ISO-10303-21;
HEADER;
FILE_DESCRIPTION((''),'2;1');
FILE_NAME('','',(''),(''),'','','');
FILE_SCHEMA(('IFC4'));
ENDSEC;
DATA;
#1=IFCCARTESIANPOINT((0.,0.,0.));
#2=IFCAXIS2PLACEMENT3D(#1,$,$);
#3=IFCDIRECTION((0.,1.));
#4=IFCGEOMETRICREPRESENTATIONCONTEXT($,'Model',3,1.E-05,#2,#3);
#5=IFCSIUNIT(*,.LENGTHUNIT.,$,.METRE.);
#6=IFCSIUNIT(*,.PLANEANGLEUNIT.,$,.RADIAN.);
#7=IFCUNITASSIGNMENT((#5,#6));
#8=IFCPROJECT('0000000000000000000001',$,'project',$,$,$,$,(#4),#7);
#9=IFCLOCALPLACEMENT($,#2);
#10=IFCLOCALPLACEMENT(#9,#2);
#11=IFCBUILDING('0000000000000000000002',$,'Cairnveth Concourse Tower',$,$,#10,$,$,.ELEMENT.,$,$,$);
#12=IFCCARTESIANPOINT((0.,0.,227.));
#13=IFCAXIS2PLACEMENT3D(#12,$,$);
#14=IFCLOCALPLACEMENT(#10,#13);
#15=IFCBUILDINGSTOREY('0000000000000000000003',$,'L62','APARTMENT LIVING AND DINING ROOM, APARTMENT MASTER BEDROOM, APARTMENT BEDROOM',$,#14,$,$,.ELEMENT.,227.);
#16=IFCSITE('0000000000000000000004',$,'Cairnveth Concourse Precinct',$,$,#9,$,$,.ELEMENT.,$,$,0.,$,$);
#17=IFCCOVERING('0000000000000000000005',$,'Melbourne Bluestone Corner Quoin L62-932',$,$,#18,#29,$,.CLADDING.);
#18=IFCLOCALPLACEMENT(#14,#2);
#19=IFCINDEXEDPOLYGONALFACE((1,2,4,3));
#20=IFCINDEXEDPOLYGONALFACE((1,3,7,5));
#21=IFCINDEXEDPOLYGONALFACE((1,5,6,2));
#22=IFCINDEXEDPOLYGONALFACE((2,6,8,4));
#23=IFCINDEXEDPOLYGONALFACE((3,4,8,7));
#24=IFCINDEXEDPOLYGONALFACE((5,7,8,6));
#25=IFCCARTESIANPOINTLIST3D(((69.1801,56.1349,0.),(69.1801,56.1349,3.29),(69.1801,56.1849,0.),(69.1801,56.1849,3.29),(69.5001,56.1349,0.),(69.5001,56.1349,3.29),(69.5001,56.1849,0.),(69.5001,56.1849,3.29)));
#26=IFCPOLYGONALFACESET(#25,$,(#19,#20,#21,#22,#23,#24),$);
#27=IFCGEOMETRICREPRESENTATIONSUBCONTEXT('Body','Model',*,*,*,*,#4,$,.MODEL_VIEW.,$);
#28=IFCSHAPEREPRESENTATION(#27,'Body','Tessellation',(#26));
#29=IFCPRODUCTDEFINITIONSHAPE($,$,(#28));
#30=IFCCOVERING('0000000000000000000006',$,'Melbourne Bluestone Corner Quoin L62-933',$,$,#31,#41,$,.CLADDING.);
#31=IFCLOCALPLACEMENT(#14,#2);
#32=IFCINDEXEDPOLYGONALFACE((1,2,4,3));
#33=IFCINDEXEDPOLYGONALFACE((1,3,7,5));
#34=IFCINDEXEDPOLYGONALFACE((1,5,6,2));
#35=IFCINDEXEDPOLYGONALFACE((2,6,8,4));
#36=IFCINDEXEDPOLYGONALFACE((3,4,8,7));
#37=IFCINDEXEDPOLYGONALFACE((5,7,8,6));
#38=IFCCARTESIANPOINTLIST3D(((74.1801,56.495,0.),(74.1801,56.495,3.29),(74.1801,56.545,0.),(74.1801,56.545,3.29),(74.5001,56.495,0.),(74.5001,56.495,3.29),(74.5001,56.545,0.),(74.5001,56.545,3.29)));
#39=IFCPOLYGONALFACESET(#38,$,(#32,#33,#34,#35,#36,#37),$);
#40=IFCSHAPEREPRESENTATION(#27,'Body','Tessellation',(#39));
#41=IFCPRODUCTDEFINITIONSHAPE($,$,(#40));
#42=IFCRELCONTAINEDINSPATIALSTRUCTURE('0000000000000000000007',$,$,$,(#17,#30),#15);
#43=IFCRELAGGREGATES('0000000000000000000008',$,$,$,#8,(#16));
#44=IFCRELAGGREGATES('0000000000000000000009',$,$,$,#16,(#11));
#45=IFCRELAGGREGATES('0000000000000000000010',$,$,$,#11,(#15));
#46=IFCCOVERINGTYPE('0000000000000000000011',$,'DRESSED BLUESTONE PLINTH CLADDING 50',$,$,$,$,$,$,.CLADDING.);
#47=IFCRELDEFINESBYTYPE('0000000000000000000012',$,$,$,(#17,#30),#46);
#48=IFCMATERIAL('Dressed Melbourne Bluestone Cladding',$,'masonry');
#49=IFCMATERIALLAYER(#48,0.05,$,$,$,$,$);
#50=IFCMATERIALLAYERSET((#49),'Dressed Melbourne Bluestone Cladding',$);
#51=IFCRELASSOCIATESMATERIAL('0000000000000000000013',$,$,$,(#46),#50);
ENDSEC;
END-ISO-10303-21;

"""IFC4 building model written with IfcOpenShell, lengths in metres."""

from ifc_helpers import new_model, si_unit, direction, frame, frame_2d, origin, place, context, subcontext, project, spatial, rectangle, extrude, material, layer, layer_set, type_object, element, save


model = new_model("IFC4")

# Units and contexts
model_context = context("Model", 3, precision=1e-05, world=origin(), true_north=direction((0.0, 1.0)))
body_context = subcontext(model_context, "Body", "Model", "MODEL_VIEW")
ifc_project = project(units=[si_unit("LENGTHUNIT", "METRE"), si_unit("PLANEANGLEUNIT", "RADIAN")], contexts=[model_context])

# Site, building, storey
site_placement = place(None, origin())
site = spatial("IfcSite", under=ifc_project, at=site_placement, Name="Cairnveth Concourse Precinct", CompositionType="ELEMENT", RefElevation=0.0)
building_placement = place(site_placement, origin())
building = spatial("IfcBuilding", under=site, at=building_placement, Name="Cairnveth Concourse Tower", CompositionType="ELEMENT")
storey_placement = place(building_placement, frame((0.0, 0.0, 227.0)))
storey = spatial("IfcBuildingStorey", under=building, at=storey_placement, Name="L62", Description="APARTMENT LIVING AND DINING ROOM, APARTMENT MASTER BEDROOM, APARTMENT BEDROOM", CompositionType="ELEMENT", Elevation=227.0)

# Coverings
ifc_material_1 = material(Name="Dressed Melbourne Bluestone Cladding", Category="masonry")
ifc_layer_1 = layer(ifc_material_1, 0.05)
ifc_layer_set_1 = layer_set([ifc_layer_1], Name="Dressed Melbourne Bluestone Cladding")
covering_type = type_object("IfcCoveringType", Name="DRESSED BLUESTONE PLINTH CLADDING 50", PredefinedType="CLADDING", material=ifc_layer_set_1)
for number, where, z_axis, x_axis, name in (
    (1, (69.1799, 56.1599, 0.0), (0.0, 0.0, 1.0), (1.0, 0.0, 0.0), "Melbourne Bluestone Corner Quoin L62-932"),
    (2, (74.1799, 56.52, 0.0), (0.0, 0.0, 1.0), (1.0, 0.0, 0.0), "Melbourne Bluestone Corner Quoin L62-933"),
):
    element("IfcCovering", number, at=place(storey_placement, frame(where, z_axis=z_axis, x_axis=x_axis)), inside=storey, type_object=covering_type, Name=name, PredefinedType="CLADDING", context=body_context, shape_type="SweptSolid", body=[
        extrude(rectangle(XDim=0.3201, YDim=0.05, at=frame_2d((0.1602, 0.0))), origin(), (0.0, 0.0, 1.0), 3.29),
    ])

save(model, "model.ifc")
